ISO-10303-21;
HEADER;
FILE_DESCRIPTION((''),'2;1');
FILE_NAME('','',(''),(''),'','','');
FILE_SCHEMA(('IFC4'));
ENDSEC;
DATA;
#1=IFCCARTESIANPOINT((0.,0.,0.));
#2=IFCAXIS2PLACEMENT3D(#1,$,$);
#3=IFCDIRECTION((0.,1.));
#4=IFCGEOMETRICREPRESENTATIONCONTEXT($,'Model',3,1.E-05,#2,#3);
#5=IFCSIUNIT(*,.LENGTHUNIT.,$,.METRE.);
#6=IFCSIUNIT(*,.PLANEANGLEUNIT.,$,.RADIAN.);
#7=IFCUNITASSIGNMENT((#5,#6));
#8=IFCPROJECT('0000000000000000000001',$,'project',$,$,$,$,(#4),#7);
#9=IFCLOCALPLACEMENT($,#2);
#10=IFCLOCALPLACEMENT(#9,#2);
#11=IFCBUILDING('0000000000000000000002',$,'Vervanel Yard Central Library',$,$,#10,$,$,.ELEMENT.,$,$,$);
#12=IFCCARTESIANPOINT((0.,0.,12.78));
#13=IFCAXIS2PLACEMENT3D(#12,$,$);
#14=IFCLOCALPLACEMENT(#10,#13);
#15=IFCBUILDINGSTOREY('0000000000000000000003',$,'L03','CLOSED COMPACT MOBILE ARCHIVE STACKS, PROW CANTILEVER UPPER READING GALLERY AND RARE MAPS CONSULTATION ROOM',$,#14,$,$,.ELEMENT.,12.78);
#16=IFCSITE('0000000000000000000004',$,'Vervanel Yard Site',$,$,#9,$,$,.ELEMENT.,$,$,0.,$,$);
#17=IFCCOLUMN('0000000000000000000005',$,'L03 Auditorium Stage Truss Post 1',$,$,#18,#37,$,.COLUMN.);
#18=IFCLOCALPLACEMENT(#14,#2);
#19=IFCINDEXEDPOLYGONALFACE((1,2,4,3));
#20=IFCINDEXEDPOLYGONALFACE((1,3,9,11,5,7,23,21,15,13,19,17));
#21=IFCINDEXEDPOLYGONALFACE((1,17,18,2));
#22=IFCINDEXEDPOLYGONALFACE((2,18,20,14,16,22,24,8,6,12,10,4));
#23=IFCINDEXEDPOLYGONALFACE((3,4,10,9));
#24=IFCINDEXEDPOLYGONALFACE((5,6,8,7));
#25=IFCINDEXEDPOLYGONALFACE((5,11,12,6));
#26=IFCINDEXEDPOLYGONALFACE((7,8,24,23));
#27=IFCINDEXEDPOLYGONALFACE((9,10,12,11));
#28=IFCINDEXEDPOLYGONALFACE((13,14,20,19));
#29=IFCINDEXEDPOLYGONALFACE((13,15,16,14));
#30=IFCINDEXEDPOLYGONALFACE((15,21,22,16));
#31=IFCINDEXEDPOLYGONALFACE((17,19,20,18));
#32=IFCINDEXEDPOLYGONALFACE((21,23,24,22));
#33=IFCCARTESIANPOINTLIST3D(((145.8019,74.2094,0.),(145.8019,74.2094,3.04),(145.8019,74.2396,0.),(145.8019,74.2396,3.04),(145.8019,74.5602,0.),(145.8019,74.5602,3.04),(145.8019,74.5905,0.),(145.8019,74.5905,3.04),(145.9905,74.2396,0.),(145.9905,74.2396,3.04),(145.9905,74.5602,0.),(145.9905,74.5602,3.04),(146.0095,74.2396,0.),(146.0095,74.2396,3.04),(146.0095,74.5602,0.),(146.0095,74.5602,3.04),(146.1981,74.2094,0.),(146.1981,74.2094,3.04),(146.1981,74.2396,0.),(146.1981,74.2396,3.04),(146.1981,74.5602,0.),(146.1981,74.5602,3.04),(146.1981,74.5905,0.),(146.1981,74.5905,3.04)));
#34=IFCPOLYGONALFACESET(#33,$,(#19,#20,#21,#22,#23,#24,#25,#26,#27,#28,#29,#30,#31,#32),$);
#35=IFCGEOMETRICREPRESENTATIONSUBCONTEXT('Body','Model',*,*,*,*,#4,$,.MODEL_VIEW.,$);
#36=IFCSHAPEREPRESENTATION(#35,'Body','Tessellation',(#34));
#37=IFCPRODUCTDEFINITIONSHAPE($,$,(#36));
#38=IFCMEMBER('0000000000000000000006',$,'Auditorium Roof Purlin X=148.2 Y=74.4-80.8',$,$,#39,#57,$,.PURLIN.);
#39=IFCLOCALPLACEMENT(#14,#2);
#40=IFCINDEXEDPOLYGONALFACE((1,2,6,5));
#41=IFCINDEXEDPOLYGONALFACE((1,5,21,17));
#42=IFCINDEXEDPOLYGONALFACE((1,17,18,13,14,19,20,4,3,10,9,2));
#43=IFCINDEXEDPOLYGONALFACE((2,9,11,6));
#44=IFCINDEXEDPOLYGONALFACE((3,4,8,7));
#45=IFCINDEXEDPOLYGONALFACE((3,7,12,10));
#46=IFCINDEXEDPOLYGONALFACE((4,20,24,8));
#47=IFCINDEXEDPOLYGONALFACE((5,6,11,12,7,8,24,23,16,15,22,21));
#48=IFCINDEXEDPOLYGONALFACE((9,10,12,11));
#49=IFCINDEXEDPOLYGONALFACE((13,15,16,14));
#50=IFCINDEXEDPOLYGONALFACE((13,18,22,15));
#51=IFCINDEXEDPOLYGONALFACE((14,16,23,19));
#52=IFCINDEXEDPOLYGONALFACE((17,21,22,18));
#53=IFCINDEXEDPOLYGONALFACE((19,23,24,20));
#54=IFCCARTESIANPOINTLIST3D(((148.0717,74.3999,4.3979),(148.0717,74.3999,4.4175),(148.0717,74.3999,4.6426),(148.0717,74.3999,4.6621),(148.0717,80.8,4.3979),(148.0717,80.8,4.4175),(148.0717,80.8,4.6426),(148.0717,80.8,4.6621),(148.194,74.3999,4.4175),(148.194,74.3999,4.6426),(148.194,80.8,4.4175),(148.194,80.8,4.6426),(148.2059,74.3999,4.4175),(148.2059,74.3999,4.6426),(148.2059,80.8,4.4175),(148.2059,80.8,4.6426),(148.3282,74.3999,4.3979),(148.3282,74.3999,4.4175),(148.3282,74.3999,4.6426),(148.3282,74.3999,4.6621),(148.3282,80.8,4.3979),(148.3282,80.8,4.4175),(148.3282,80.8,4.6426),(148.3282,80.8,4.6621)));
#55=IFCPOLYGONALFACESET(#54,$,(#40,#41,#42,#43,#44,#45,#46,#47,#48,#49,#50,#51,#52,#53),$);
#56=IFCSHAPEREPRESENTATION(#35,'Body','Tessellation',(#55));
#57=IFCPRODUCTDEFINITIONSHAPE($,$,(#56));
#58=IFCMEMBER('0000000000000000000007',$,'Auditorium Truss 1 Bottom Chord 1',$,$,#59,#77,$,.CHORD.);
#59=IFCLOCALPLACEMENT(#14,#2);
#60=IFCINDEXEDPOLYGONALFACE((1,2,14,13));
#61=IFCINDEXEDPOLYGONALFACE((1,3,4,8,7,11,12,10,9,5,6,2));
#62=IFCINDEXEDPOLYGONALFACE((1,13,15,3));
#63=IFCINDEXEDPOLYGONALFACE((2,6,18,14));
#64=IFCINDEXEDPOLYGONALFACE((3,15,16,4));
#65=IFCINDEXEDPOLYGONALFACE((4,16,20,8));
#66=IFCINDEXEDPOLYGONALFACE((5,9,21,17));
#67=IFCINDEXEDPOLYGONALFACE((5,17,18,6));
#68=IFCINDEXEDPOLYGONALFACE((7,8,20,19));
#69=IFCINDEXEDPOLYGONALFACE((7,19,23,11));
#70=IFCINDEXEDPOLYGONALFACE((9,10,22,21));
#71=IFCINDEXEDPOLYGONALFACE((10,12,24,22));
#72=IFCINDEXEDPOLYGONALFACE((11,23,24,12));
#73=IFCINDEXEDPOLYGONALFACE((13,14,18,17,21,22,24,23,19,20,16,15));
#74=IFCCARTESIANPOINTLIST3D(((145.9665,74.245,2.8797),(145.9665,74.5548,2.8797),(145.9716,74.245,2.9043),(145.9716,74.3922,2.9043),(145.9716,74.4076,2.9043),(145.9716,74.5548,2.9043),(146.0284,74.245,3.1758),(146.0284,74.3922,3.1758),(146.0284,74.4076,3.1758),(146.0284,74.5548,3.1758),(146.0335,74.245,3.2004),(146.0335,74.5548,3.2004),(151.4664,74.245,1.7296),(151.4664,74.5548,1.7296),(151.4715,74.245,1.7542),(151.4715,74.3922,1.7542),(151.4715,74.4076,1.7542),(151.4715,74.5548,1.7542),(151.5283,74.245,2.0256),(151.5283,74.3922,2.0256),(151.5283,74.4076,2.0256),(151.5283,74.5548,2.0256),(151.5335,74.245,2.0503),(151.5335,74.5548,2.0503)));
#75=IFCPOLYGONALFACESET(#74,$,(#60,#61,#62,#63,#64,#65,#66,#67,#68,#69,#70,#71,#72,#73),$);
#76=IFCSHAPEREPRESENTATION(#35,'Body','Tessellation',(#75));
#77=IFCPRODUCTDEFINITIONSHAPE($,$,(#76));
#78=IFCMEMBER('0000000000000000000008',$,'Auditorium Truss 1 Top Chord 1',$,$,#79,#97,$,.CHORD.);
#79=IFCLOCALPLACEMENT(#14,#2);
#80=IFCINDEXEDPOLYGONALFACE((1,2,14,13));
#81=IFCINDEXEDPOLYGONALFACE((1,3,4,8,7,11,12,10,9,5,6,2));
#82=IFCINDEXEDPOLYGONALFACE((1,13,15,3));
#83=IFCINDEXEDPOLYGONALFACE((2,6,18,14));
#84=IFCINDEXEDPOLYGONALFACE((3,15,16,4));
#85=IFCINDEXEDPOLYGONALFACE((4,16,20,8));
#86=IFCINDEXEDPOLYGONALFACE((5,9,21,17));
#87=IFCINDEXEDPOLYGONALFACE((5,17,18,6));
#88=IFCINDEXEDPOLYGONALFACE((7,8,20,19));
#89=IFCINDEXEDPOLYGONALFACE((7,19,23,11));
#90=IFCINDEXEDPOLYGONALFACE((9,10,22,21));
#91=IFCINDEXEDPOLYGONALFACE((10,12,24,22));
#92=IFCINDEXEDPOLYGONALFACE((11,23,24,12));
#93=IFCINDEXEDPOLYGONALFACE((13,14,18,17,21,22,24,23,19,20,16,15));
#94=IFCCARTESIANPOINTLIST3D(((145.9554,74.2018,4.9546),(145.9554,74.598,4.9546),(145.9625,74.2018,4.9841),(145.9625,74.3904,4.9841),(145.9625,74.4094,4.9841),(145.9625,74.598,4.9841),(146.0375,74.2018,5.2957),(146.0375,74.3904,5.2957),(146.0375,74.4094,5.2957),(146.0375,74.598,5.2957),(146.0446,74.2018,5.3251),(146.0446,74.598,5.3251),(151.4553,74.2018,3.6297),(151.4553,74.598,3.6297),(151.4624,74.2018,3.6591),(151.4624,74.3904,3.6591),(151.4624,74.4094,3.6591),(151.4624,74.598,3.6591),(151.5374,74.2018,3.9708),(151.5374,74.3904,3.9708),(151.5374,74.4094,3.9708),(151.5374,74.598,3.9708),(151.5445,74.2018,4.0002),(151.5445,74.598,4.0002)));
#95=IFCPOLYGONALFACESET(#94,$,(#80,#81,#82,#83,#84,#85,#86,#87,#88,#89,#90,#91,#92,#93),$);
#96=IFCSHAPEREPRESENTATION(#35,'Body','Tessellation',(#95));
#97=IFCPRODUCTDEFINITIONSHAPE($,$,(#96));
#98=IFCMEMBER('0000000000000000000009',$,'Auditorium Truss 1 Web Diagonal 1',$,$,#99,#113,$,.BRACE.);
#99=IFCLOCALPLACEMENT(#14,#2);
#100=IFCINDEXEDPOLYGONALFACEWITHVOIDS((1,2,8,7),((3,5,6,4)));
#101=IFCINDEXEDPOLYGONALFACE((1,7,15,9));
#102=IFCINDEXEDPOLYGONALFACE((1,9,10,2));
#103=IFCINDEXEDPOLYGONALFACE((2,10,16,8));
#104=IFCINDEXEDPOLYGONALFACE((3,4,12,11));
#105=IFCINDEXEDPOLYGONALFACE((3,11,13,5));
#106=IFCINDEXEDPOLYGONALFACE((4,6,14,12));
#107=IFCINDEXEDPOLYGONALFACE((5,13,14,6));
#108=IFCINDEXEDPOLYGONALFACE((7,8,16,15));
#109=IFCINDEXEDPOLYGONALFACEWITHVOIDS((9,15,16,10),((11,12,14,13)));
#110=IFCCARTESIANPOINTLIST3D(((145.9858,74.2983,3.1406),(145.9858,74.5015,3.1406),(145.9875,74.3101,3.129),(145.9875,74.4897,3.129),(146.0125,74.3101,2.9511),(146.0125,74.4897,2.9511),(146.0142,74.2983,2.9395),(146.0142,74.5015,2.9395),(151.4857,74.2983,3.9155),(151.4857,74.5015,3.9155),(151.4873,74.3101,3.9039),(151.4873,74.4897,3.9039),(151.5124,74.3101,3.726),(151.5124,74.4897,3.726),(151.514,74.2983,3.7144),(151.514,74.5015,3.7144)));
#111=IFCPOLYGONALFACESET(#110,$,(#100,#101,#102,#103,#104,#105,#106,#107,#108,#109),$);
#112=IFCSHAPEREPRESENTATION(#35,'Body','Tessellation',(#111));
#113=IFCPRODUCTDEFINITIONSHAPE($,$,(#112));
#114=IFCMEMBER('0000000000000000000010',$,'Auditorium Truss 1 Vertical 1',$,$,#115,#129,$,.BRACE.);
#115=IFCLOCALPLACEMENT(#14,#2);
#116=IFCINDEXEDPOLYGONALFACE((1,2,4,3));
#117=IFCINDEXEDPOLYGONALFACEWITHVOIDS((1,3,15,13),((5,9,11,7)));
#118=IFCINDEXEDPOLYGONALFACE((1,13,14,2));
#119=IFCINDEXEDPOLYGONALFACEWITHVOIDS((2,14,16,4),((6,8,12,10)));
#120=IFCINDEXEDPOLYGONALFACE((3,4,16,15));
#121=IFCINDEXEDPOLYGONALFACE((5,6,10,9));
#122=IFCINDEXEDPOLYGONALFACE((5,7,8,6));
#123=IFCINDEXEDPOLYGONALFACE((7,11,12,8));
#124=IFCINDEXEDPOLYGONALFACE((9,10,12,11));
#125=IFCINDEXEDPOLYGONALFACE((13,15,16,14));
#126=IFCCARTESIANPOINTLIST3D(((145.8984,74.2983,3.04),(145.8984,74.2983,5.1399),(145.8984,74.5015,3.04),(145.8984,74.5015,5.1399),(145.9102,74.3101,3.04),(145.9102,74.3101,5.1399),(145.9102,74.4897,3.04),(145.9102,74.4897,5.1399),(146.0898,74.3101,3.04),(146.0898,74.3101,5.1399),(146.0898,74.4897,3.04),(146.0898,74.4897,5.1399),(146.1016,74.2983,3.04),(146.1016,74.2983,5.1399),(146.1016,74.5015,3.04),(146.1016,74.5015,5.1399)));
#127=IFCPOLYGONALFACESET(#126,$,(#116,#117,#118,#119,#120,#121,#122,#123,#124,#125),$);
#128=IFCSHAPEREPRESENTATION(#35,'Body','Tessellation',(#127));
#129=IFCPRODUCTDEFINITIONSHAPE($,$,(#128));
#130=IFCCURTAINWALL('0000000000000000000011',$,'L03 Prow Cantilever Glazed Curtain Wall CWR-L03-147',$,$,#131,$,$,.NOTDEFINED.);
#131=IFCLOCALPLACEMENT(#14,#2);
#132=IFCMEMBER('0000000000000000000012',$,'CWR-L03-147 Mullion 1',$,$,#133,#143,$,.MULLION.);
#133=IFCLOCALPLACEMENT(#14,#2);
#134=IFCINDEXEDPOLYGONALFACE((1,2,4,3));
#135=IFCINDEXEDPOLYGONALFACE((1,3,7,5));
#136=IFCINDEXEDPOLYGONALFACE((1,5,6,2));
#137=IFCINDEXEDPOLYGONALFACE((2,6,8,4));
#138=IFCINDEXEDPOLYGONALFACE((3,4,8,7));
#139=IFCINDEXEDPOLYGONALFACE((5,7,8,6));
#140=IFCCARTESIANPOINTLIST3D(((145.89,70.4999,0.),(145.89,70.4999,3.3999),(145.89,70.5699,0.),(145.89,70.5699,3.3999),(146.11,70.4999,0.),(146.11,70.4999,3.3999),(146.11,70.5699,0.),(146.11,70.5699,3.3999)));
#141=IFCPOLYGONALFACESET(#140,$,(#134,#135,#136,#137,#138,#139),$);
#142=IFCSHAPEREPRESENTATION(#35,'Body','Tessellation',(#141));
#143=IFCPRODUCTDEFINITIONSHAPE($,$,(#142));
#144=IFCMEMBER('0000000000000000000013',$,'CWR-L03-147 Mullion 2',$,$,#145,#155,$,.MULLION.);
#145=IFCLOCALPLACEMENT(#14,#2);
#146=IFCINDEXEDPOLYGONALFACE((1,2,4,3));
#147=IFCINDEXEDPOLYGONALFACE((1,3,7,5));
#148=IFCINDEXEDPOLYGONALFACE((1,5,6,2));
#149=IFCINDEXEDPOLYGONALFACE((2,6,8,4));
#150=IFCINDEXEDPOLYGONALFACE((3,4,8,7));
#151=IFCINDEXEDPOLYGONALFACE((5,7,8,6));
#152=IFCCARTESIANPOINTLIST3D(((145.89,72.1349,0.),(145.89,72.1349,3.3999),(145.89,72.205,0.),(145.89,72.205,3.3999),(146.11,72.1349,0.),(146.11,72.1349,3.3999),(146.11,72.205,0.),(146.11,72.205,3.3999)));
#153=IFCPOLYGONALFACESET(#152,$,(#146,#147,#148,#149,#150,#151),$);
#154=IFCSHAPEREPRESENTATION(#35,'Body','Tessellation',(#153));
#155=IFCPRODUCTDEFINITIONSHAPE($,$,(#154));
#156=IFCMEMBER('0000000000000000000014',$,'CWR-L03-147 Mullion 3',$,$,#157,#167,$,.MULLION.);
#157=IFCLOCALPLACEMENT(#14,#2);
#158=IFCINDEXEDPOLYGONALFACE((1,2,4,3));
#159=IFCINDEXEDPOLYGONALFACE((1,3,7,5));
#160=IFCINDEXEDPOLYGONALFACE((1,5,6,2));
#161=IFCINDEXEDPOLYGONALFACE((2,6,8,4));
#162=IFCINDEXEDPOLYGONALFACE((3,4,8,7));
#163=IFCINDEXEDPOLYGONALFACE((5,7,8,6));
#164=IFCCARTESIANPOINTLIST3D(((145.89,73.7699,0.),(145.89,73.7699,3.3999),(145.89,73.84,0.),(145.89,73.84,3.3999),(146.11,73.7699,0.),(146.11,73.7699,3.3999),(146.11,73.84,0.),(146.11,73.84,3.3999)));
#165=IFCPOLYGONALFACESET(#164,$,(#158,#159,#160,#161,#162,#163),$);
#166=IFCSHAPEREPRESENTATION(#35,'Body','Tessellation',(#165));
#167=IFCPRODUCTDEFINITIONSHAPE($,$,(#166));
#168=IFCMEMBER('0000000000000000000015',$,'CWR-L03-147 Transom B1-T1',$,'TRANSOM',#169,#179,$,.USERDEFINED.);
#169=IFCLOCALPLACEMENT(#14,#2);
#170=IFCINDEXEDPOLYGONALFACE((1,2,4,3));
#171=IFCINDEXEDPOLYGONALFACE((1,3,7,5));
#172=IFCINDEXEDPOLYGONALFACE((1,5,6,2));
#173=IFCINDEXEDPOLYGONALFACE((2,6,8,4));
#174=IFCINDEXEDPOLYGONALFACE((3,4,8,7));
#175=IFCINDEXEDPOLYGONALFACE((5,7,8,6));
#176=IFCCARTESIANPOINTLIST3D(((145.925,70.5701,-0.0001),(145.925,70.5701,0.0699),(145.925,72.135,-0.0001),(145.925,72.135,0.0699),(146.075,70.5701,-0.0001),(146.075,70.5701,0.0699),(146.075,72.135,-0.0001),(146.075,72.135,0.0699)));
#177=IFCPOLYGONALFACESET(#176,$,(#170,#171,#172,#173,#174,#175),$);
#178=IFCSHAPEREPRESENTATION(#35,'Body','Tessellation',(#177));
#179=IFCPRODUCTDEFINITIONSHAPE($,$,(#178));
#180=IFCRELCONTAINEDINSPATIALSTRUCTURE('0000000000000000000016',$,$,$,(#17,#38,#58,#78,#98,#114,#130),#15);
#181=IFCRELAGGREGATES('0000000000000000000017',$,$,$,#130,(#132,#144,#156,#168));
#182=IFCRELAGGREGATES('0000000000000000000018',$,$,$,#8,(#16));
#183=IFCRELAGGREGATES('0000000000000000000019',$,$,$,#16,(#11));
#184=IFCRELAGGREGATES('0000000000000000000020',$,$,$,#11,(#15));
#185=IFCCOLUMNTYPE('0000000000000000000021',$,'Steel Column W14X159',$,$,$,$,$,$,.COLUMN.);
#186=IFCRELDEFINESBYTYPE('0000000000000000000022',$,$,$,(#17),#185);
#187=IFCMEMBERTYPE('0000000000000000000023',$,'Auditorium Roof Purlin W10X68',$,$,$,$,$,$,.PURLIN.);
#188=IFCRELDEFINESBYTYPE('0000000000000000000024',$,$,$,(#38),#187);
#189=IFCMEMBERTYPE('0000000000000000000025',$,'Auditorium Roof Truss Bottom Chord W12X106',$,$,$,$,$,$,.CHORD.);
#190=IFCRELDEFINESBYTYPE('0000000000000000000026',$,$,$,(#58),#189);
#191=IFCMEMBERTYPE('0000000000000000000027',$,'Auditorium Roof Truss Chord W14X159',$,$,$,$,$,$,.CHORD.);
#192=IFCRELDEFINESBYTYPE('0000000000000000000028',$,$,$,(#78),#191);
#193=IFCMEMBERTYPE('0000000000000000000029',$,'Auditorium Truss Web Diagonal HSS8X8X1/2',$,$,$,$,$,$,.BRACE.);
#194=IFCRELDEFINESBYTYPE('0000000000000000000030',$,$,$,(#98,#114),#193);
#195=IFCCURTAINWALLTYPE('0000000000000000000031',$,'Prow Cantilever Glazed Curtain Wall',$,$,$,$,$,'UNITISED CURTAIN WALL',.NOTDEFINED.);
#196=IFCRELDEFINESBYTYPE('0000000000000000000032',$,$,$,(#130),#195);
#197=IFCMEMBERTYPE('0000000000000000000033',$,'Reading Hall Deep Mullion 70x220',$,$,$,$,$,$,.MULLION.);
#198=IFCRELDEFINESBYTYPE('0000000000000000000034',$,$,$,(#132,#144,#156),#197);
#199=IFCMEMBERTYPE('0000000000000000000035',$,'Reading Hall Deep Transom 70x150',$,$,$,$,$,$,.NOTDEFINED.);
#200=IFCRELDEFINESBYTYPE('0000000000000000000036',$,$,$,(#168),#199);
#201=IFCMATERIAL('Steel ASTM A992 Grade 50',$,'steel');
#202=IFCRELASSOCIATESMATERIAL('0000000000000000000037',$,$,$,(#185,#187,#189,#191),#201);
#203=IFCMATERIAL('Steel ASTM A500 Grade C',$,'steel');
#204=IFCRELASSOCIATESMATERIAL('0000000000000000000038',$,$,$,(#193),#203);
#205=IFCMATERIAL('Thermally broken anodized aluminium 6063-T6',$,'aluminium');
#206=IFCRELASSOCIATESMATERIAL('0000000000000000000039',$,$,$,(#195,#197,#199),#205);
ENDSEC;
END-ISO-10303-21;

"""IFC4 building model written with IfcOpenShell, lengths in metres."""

from ifc_helpers import new_model, si_unit, direction, frame, origin, origin_2d, place, context, subcontext, project, spatial, rectangle, hollow_rectangle, i_section, extrude, material, material_profile, profile_set, type_object, element, aggregate, save


model = new_model("IFC4")

# Units and contexts
model_context = context("Model", 3, precision=1e-05, world=origin(), true_north=direction((0.0, 1.0)))
body_context = subcontext(model_context, "Body", "Model", "MODEL_VIEW")
ifc_project = project(units=[si_unit("LENGTHUNIT", "METRE"), si_unit("PLANEANGLEUNIT", "RADIAN")], contexts=[model_context])

# Site, building, storey
site_placement = place(None, origin())
site = spatial("IfcSite", under=ifc_project, at=site_placement, Name="Vervanel Yard Site", CompositionType="ELEMENT", RefElevation=0.0)
building_placement = place(site_placement, origin())
building = spatial("IfcBuilding", under=site, at=building_placement, Name="Vervanel Yard Central Library", CompositionType="ELEMENT")
storey_placement = place(building_placement, frame((0.0, 0.0, 12.78)))
storey = spatial("IfcBuildingStorey", under=building, at=storey_placement, Name="L03", Description="CLOSED COMPACT MOBILE ARCHIVE STACKS, PROW CANTILEVER UPPER READING GALLERY AND RARE MAPS CONSULTATION ROOM", CompositionType="ELEMENT", Elevation=12.78)

# Column
ifc_material_1 = material(Name="Steel ASTM A992 Grade 50", Category="steel")
ifc_material_profile_1 = material_profile(ifc_material_1, i_section(OverallWidth=0.3962, OverallDepth=0.3811, WebThickness=0.019, FlangeThickness=0.0303, at=origin_2d()), Name="W14X159", Category="steel")
ifc_profile_set_1 = profile_set([ifc_material_profile_1], Name="Steel ASTM A992 Grade 50")
column_type = type_object("IfcColumnType", Name="Steel Column W14X159", PredefinedType="COLUMN", material=ifc_profile_set_1)
column_placement = place(storey_placement, frame((146.0, 74.3999, 0.0), z_axis=(0.0, 0.0, 1.0), x_axis=(1.0, 0.0, 0.0)))
element("IfcColumn", 1, at=column_placement, inside=storey, type_object=column_type, Name="L03 Auditorium Stage Truss Post 1", PredefinedType="COLUMN", context=body_context, shape_type="SweptSolid", body=[
    extrude(i_section(OverallWidth=0.3962, OverallDepth=0.3811, WebThickness=0.019, FlangeThickness=0.0303, at=origin_2d()), origin(), (0.0, 0.0, 1.0), 3.04),
])

# Members
ifc_material_profile_2 = material_profile(ifc_material_1, i_section(OverallWidth=0.2566, OverallDepth=0.2642, WebThickness=0.012, FlangeThickness=0.0195, at=origin_2d()), Name="W10X68", Category="steel")
ifc_profile_set_2 = profile_set([ifc_material_profile_2], Name="Steel ASTM A992 Grade 50")
member_type_1 = type_object("IfcMemberType", Name="Auditorium Roof Purlin W10X68", PredefinedType="PURLIN", material=ifc_profile_set_2)
member_1_placement = place(storey_placement, frame((148.2, 74.3999, 4.53), z_axis=(0.0, 1.0, 0.0), x_axis=(-1.0, 0.0, 0.0)))
element("IfcMember", 2, at=member_1_placement, inside=storey, type_object=member_type_1, Name="Auditorium Roof Purlin X=148.2 Y=74.4-80.8", PredefinedType="PURLIN", context=body_context, shape_type="SweptSolid", body=[
    extrude(i_section(OverallWidth=0.2566, OverallDepth=0.2642, WebThickness=0.012, FlangeThickness=0.0195, at=origin_2d()), origin(), (0.0, 0.0, 1.0), 6.4001),
])
ifc_material_profile_3 = material_profile(ifc_material_1, i_section(OverallWidth=0.3098, OverallDepth=0.3276, WebThickness=0.0154, FlangeThickness=0.0251, at=origin_2d()), Name="W12X106", Category="steel")
ifc_profile_set_3 = profile_set([ifc_material_profile_3], Name="Steel ASTM A992 Grade 50")
member_type_2 = type_object("IfcMemberType", Name="Auditorium Roof Truss Bottom Chord W12X106", PredefinedType="CHORD", material=ifc_profile_set_3)
member_2_placement = place(storey_placement, frame((146.0, 74.3999, 3.04), z_axis=(0.978827, 0.0, -0.20469), x_axis=(0.0, 1.0, 0.0)))
element("IfcMember", 3, at=member_2_placement, inside=storey, type_object=member_type_2, Name="Auditorium Truss 1 Bottom Chord 1", PredefinedType="CHORD", context=body_context, shape_type="SweptSolid", body=[
    extrude(i_section(OverallWidth=0.3098, OverallDepth=0.3276, WebThickness=0.0154, FlangeThickness=0.0251, at=origin_2d()), origin(), (0.0, 0.0, 1.0), 5.6189),
])
ifc_material_profile_4 = material_profile(ifc_material_1, i_section(OverallWidth=0.3962, OverallDepth=0.3811, WebThickness=0.019, FlangeThickness=0.0303, at=origin_2d()), Name="W14X159", Category="steel")
ifc_profile_set_4 = profile_set([ifc_material_profile_4], Name="Steel ASTM A992 Grade 50")
member_type_3 = type_object("IfcMemberType", Name="Auditorium Roof Truss Chord W14X159", PredefinedType="CHORD", material=ifc_profile_set_4)
member_3_placement = place(storey_placement, frame((146.0, 74.3999, 5.1399), z_axis=(0.972188, 0.0, -0.2342), x_axis=(0.0, 1.0, 0.0)))
element("IfcMember", 4, at=member_3_placement, inside=storey, type_object=member_type_3, Name="Auditorium Truss 1 Top Chord 1", PredefinedType="CHORD", context=body_context, shape_type="SweptSolid", body=[
    extrude(i_section(OverallWidth=0.3962, OverallDepth=0.3811, WebThickness=0.019, FlangeThickness=0.0303, at=origin_2d()), origin(), (0.0, 0.0, 1.0), 5.6572),
])
ifc_material_2 = material(Name="Steel ASTM A500 Grade C", Category="steel")
ifc_material_profile_5 = material_profile(ifc_material_2, hollow_rectangle(XDim=0.2031, YDim=0.2031, WallThickness=0.0117, at=origin_2d()), Name="HSS8X8X1/2", Category="steel")
ifc_profile_set_5 = profile_set([ifc_material_profile_5], Name="Steel ASTM A500 Grade C")
member_type_4 = type_object("IfcMemberType", Name="Auditorium Truss Web Diagonal HSS8X8X1/2", PredefinedType="BRACE", material=ifc_profile_set_5)
member_4_placement = place(storey_placement, frame((146.0, 74.3999, 3.04), z_axis=(0.99022, 0.0, 0.139513), x_axis=(0.0, 1.0, 0.0)))
element("IfcMember", 5, at=member_4_placement, inside=storey, type_object=member_type_4, Name="Auditorium Truss 1 Web Diagonal 1", PredefinedType="BRACE", context=body_context, shape_type="SweptSolid", body=[
    extrude(hollow_rectangle(XDim=0.2031, YDim=0.2031, WallThickness=0.0117, at=origin_2d()), origin(), (0.0, 0.0, 1.0), 5.5542),
])
member_5_placement = place(storey_placement, frame((146.0, 74.3999, 3.04), z_axis=(0.0, 0.0, 1.0), x_axis=(1.0, 0.0, 0.0)))
element("IfcMember", 6, at=member_5_placement, inside=storey, type_object=member_type_4, Name="Auditorium Truss 1 Vertical 1", PredefinedType="BRACE", context=body_context, shape_type="SweptSolid", body=[
    extrude(hollow_rectangle(XDim=0.2031, YDim=0.2031, WallThickness=0.0117, at=origin_2d()), origin(), (0.0, 0.0, 1.0), 2.0999),
])

# Curtain wall, members
ifc_material_3 = material(Name="Thermally broken anodized aluminium 6063-T6", Category="aluminium")
curtain_wall_type = type_object("IfcCurtainWallType", Name="Prow Cantilever Glazed Curtain Wall", ElementType="UNITISED CURTAIN WALL", PredefinedType="NOTDEFINED", material=ifc_material_3)
curtain_wall_placement = place(storey_placement, origin())
curtain_wall = element("IfcCurtainWall", 7, at=curtain_wall_placement, inside=storey, type_object=curtain_wall_type, Name="L03 Prow Cantilever Glazed Curtain Wall CWR-L03-147", PredefinedType="NOTDEFINED")
ifc_material_profile_6 = material_profile(ifc_material_3, rectangle(XDim=0.0701, YDim=0.22, at=origin_2d()), Name="ALU 70x220", Category="aluminium")
ifc_profile_set_6 = profile_set([ifc_material_profile_6], Name="Thermally broken anodized aluminium 6063-T6")
member_type_5 = type_object("IfcMemberType", Name="Reading Hall Deep Mullion 70x220", PredefinedType="MULLION", material=ifc_profile_set_6)
member_6_placement = place(storey_placement, frame((146.0, 70.5349, 0.0), z_axis=(0.0, 0.0, 1.0), x_axis=(0.0, 1.0, 0.0)))
member_6 = element("IfcMember", 8, at=member_6_placement, type_object=member_type_5, Name="CWR-L03-147 Mullion 1", PredefinedType="MULLION", context=body_context, shape_type="SweptSolid", body=[
    extrude(rectangle(XDim=0.0701, YDim=0.22, at=origin_2d()), origin(), (0.0, 0.0, 1.0), 3.3999),
])
member_7_placement = place(storey_placement, frame((146.0, 72.1699, 0.0), z_axis=(0.0, 0.0, 1.0), x_axis=(0.0, 1.0, 0.0)))
member_7 = element("IfcMember", 9, at=member_7_placement, type_object=member_type_5, Name="CWR-L03-147 Mullion 2", PredefinedType="MULLION", context=body_context, shape_type="SweptSolid", body=[
    extrude(rectangle(XDim=0.0701, YDim=0.22, at=origin_2d()), origin(), (0.0, 0.0, 1.0), 3.3999),
])
member_8_placement = place(storey_placement, frame((146.0, 73.8049, 0.0), z_axis=(0.0, 0.0, 1.0), x_axis=(0.0, 1.0, 0.0)))
member_8 = element("IfcMember", 10, at=member_8_placement, type_object=member_type_5, Name="CWR-L03-147 Mullion 3", PredefinedType="MULLION", context=body_context, shape_type="SweptSolid", body=[
    extrude(rectangle(XDim=0.0701, YDim=0.22, at=origin_2d()), origin(), (0.0, 0.0, 1.0), 3.3999),
])
ifc_material_profile_7 = material_profile(ifc_material_3, rectangle(XDim=0.0701, YDim=0.1499, at=origin_2d()), Name="ALU 70x150", Category="aluminium")
ifc_profile_set_7 = profile_set([ifc_material_profile_7], Name="Thermally broken anodized aluminium 6063-T6")
member_type_6 = type_object("IfcMemberType", Name="Reading Hall Deep Transom 70x150", PredefinedType="NOTDEFINED", material=ifc_profile_set_7)
member_9_placement = place(storey_placement, frame((146.0, 70.5701, 0.0349), z_axis=(0.0, 1.0, 0.0), x_axis=(0.0, 0.0, 1.0)))
member_9 = element("IfcMember", 11, at=member_9_placement, type_object=member_type_6, Name="CWR-L03-147 Transom B1-T1", ObjectType="TRANSOM", PredefinedType="USERDEFINED", context=body_context, shape_type="SweptSolid", body=[
    extrude(rectangle(XDim=0.0701, YDim=0.1499, at=origin_2d()), origin(), (0.0, 0.0, 1.0), 1.5649),
])

aggregate(curtain_wall, [member_6, member_7, member_8, member_9])

save(model, "model.ifc")
